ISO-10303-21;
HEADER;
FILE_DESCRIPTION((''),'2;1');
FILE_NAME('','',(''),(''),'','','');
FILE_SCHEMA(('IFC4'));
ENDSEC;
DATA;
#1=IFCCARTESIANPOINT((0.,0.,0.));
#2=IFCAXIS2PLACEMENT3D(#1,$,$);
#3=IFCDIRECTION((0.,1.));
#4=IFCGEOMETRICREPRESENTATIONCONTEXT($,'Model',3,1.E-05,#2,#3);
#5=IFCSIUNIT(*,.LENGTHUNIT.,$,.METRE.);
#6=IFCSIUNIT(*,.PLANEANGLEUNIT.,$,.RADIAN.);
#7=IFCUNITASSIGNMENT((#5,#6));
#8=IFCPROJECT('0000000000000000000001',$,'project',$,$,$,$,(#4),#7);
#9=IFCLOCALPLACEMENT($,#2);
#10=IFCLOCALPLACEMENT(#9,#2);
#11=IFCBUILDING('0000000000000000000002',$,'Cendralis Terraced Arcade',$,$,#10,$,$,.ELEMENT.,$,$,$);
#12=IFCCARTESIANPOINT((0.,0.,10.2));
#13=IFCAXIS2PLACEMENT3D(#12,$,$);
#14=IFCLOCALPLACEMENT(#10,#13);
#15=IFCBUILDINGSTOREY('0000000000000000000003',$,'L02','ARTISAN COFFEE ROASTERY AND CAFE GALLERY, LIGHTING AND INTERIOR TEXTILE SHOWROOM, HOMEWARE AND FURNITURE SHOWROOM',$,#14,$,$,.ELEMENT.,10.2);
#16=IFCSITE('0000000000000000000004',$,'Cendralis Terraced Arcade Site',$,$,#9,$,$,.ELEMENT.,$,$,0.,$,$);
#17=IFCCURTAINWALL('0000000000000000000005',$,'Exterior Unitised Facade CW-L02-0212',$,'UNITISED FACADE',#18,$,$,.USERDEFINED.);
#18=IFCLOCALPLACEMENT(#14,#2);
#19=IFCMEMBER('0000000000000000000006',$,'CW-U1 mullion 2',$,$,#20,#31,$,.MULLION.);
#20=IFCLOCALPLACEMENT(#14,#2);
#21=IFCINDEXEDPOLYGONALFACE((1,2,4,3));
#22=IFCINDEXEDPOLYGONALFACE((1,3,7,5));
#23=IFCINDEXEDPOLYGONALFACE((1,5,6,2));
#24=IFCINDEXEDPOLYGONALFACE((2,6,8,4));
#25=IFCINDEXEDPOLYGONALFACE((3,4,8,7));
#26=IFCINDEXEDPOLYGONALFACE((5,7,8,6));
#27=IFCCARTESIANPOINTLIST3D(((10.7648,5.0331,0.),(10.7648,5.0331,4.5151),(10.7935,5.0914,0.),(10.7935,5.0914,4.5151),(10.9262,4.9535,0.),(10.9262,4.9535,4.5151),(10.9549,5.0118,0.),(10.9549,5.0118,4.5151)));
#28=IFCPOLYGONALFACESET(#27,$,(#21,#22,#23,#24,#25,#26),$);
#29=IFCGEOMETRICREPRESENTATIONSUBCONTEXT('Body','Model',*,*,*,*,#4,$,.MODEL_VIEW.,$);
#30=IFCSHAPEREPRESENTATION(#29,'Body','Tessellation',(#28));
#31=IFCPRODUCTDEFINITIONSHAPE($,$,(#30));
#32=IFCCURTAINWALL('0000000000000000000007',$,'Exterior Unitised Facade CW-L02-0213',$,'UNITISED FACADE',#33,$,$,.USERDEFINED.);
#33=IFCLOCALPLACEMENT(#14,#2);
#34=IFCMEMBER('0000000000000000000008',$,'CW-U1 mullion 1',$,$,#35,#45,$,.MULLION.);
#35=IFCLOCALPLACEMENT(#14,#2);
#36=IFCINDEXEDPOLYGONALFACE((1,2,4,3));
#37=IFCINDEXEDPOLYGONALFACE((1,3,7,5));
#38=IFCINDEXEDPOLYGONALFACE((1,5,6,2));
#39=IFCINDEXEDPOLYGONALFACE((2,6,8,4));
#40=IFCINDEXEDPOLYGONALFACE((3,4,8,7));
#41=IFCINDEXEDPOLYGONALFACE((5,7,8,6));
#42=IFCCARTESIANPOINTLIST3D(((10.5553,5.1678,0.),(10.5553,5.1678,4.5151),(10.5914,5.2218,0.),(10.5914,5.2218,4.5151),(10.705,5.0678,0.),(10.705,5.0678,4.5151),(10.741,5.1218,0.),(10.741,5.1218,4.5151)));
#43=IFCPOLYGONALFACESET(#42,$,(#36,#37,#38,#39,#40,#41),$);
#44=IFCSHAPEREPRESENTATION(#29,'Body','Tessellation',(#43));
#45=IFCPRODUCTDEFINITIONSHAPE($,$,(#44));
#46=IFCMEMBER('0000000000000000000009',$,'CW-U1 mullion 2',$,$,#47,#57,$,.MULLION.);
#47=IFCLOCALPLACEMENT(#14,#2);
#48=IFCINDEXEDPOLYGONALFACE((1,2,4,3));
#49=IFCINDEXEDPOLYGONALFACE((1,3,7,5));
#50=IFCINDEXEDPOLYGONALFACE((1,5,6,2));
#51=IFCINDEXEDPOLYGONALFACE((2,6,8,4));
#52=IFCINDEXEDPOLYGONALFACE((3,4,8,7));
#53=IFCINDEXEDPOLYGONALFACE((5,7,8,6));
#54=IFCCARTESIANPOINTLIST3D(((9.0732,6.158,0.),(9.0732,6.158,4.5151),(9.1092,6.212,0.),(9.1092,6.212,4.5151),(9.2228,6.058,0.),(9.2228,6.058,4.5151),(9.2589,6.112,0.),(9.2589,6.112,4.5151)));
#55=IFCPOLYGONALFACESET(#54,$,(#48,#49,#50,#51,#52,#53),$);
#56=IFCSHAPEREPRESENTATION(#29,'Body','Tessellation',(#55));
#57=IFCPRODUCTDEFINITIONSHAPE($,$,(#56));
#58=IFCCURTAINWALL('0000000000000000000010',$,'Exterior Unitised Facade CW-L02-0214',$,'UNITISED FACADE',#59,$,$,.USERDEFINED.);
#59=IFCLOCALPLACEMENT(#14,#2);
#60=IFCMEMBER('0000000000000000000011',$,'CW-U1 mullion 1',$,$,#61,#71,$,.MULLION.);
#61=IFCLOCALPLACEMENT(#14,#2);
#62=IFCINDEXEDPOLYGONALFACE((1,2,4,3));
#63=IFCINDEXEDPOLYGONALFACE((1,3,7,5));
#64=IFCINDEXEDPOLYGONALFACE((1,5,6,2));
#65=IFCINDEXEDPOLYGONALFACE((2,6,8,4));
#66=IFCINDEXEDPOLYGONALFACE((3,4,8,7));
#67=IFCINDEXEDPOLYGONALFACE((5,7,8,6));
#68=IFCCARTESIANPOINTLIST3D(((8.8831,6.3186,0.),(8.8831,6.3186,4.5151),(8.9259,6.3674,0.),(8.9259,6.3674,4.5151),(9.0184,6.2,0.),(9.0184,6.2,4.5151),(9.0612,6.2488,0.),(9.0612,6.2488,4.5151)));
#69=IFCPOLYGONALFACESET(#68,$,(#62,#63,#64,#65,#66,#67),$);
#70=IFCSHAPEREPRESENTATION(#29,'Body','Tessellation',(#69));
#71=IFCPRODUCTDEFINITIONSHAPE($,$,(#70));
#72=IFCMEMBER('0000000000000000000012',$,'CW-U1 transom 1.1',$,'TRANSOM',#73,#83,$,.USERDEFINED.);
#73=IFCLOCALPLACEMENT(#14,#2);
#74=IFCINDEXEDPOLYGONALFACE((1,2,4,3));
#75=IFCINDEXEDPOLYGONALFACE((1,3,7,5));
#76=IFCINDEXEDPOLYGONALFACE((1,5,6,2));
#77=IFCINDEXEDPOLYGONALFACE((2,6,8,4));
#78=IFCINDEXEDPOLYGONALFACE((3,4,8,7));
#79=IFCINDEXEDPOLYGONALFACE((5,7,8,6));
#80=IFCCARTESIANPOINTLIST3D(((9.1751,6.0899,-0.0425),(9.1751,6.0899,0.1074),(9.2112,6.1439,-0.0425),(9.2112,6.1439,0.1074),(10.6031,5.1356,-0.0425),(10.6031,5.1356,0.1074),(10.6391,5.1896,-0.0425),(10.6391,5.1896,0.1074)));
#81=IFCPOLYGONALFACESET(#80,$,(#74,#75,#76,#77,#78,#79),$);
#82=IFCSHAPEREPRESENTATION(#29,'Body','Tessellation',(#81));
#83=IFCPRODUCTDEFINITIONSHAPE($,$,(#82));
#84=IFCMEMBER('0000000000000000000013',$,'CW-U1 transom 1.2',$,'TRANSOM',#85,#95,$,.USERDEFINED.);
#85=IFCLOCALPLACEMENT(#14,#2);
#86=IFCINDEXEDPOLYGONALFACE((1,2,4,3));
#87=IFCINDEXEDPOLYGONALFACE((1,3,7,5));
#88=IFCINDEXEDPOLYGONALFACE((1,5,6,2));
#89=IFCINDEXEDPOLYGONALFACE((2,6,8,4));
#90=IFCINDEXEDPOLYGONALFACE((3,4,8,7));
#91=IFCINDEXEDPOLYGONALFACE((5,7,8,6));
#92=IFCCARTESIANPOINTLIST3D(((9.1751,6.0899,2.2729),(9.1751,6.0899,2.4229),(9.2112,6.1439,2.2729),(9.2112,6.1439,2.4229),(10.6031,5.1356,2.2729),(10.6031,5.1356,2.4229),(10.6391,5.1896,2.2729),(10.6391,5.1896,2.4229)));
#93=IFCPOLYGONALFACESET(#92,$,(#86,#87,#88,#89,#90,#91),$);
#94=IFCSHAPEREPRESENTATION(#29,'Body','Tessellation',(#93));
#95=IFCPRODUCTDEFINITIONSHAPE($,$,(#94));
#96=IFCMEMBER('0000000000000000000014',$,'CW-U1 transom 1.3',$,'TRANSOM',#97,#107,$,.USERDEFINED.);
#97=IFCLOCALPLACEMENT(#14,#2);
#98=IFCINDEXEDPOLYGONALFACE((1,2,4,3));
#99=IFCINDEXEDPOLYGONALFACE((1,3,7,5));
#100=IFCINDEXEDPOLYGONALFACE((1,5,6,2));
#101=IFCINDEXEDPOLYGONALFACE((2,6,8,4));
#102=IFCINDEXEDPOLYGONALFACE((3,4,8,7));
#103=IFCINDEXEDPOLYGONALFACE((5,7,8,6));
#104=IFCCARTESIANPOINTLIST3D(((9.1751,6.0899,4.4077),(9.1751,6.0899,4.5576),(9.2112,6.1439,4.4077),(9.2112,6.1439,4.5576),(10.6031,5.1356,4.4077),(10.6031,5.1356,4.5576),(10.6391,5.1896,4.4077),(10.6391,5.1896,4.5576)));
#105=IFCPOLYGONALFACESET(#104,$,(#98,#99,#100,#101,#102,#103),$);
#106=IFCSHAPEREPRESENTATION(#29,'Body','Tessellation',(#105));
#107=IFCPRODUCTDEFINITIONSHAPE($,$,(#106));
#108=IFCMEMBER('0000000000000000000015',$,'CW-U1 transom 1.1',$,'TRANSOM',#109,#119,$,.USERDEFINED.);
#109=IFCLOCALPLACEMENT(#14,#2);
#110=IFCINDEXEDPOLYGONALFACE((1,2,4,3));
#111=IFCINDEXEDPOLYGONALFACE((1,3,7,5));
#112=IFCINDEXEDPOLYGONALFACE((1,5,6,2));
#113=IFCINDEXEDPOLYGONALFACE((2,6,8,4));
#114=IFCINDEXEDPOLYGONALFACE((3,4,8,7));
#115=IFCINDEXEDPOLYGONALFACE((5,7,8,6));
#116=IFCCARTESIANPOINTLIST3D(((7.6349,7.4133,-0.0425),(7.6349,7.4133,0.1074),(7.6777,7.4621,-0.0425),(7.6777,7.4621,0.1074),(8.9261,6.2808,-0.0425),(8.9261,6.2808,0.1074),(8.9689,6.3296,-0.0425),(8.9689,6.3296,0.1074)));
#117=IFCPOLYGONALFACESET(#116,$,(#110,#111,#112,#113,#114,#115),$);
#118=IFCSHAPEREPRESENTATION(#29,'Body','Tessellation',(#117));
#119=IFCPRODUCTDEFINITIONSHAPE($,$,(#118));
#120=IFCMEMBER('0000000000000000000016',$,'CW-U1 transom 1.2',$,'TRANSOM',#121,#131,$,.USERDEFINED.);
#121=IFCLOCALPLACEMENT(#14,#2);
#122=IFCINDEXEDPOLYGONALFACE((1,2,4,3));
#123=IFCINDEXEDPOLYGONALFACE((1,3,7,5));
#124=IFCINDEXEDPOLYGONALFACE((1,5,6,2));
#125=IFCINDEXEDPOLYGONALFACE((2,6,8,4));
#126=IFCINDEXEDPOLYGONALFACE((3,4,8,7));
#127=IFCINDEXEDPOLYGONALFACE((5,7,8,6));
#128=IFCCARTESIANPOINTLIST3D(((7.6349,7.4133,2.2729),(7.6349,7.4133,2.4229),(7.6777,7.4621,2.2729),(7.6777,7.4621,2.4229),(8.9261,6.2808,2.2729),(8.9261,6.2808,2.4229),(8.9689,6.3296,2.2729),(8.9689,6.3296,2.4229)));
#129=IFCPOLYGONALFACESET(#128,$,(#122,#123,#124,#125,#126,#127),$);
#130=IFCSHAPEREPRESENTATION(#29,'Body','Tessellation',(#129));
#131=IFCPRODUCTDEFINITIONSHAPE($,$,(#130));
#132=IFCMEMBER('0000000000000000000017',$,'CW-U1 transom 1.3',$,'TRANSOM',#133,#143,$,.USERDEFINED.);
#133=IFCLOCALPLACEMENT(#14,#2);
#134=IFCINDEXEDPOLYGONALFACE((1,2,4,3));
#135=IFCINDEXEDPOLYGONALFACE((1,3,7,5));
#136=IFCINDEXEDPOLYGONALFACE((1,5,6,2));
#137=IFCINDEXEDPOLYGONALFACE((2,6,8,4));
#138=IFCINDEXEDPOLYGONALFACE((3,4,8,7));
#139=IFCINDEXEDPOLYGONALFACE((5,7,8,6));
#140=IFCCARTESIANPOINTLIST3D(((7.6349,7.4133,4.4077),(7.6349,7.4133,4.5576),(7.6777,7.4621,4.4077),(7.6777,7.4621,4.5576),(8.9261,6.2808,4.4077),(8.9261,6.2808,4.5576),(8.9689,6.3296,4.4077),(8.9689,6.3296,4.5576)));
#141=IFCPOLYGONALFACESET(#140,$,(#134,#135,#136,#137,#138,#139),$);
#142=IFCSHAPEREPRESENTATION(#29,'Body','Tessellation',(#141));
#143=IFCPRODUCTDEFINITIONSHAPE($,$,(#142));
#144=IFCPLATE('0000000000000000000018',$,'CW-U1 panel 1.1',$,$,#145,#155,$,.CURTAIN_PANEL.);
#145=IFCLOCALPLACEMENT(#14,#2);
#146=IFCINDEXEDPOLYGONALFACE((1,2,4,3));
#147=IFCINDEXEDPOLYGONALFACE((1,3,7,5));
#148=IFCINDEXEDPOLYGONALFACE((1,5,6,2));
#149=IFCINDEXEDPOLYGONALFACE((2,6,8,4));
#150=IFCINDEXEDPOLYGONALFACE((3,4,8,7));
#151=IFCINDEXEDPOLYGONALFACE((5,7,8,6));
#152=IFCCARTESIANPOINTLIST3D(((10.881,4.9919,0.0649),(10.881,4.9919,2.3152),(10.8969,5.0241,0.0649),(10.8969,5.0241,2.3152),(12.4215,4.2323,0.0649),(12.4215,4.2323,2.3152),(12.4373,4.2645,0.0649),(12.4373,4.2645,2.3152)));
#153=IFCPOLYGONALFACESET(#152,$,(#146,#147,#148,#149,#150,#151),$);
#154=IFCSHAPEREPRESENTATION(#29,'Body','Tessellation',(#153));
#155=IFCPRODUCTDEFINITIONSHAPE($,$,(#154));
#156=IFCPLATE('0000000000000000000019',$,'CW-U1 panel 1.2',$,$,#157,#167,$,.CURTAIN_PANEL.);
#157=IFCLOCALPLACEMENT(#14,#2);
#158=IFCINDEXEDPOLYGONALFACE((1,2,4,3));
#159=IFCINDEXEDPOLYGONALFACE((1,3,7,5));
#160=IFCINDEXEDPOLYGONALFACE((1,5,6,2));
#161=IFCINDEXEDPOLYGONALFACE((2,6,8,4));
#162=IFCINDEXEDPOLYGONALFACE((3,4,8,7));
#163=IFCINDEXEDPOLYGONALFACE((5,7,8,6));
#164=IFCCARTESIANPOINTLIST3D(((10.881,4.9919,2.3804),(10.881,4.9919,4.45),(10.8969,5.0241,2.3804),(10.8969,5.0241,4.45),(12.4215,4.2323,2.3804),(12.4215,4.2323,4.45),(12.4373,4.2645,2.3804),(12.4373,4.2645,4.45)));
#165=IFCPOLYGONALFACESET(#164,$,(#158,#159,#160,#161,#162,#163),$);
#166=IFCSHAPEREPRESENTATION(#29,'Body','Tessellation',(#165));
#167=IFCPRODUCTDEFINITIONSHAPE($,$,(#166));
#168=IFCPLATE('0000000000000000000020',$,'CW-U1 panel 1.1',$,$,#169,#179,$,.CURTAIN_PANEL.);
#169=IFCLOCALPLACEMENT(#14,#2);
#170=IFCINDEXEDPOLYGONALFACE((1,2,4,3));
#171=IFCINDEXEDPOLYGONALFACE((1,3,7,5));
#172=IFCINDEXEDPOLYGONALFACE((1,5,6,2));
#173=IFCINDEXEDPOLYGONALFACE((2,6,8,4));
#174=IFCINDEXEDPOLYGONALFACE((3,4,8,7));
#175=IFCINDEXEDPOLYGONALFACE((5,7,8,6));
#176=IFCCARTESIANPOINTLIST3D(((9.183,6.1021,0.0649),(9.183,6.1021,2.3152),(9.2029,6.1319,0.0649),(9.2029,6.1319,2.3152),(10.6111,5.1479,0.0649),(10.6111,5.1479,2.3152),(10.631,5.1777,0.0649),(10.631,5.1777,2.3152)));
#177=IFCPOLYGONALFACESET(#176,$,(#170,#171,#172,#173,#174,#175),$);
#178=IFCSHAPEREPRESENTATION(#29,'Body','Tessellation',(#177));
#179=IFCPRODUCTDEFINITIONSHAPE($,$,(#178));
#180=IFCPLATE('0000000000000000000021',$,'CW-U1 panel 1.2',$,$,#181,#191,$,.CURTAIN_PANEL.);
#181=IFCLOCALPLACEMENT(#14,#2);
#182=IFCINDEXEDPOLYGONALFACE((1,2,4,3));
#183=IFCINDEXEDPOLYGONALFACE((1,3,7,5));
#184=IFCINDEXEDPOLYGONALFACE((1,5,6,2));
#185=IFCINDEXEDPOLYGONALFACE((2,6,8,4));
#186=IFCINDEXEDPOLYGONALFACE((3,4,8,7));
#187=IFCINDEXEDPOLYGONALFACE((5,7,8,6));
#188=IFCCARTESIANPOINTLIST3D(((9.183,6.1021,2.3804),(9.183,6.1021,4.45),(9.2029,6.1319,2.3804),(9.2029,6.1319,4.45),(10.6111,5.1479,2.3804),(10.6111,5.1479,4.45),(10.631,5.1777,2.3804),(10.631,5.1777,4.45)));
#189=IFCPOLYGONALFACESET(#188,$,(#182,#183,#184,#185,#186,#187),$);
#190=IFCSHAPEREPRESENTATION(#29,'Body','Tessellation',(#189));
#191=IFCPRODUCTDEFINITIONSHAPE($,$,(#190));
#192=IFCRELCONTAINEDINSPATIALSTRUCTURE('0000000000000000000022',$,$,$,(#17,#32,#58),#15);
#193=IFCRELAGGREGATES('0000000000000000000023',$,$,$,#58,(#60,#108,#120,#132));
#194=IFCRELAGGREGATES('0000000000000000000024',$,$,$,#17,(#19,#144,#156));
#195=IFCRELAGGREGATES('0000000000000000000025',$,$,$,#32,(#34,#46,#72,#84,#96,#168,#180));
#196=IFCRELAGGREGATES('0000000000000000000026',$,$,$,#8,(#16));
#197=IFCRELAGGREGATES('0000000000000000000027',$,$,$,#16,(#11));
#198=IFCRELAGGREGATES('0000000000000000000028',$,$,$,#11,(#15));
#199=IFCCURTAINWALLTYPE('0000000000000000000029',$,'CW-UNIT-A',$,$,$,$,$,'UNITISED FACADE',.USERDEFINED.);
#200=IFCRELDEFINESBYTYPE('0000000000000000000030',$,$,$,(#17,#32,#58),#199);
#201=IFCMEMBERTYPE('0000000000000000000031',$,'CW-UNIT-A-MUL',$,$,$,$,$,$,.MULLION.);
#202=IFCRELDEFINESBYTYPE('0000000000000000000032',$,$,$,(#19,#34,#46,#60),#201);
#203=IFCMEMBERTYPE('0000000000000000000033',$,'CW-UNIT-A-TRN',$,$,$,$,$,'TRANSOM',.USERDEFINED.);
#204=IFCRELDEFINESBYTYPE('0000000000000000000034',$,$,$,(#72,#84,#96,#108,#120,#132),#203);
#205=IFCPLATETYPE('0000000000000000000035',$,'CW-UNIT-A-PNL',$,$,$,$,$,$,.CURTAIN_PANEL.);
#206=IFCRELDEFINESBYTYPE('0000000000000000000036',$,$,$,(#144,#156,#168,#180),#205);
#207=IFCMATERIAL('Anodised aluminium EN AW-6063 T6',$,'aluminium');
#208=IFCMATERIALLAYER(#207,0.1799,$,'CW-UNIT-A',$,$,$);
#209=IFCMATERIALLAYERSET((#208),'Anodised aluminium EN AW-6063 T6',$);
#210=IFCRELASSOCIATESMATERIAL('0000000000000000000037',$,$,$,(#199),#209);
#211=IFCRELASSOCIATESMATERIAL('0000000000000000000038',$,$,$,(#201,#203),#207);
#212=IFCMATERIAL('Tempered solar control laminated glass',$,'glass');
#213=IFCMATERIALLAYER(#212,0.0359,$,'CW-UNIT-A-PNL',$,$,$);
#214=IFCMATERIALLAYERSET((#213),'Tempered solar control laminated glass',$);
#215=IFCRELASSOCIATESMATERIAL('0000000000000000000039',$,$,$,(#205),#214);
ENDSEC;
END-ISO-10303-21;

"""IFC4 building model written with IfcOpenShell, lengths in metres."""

from ifc_helpers import new_model, si_unit, direction, frame, origin, origin_2d, place, context, subcontext, project, spatial, rectangle, extrude, material, layer, layer_set, material_profile, profile_set, type_object, element, aggregate, save


model = new_model("IFC4")

# Units and contexts
model_context = context("Model", 3, precision=1e-05, world=origin(), true_north=direction((0.0, 1.0)))
body_context = subcontext(model_context, "Body", "Model", "MODEL_VIEW")
ifc_project = project(units=[si_unit("LENGTHUNIT", "METRE"), si_unit("PLANEANGLEUNIT", "RADIAN")], contexts=[model_context])

# Site, building, storey
site_placement = place(None, origin())
site = spatial("IfcSite", under=ifc_project, at=site_placement, Name="Cendralis Terraced Arcade Site", CompositionType="ELEMENT", RefElevation=0.0)
building_placement = place(site_placement, origin())
building = spatial("IfcBuilding", under=site, at=building_placement, Name="Cendralis Terraced Arcade", CompositionType="ELEMENT")
storey_placement = place(building_placement, frame((0.0, 0.0, 10.2)))
storey = spatial("IfcBuildingStorey", under=building, at=storey_placement, Name="L02", Description="ARTISAN COFFEE ROASTERY AND CAFE GALLERY, LIGHTING AND INTERIOR TEXTILE SHOWROOM, HOMEWARE AND FURNITURE SHOWROOM", CompositionType="ELEMENT", Elevation=10.2)

# Curtain wall, member
ifc_material_1 = material(Name="Anodised aluminium EN AW-6063 T6", Category="aluminium")
ifc_layer_1 = layer(ifc_material_1, 0.1799, Name="CW-UNIT-A")
ifc_layer_set_1 = layer_set([ifc_layer_1], Name="Anodised aluminium EN AW-6063 T6")
curtain_wall_type = type_object("IfcCurtainWallType", Name="CW-UNIT-A", ElementType="UNITISED FACADE", PredefinedType="USERDEFINED", material=ifc_layer_set_1)
curtain_wall_1_placement = place(storey_placement, origin())
curtain_wall_1 = element("IfcCurtainWall", 1, at=curtain_wall_1_placement, inside=storey, type_object=curtain_wall_type, Name="Exterior Unitised Facade CW-L02-0212", ObjectType="UNITISED FACADE", PredefinedType="USERDEFINED")
ifc_material_profile_1 = material_profile(ifc_material_1, rectangle(XDim=0.0649, YDim=0.1799, at=origin_2d()), Name="ALU-MUL-65x180")
ifc_profile_set_1 = profile_set([ifc_material_profile_1], Name="Anodised aluminium EN AW-6063 T6")
member_type_1 = type_object("IfcMemberType", Name="CW-UNIT-A-MUL", PredefinedType="MULLION", material=ifc_profile_set_1)
member_1_placement = place(storey_placement, frame((10.8599, 5.0225, 0.0), z_axis=(0.0, 0.0, 1.0), x_axis=(-0.44227, -0.896882, 0.0)))
member_1 = element("IfcMember", 2, at=member_1_placement, type_object=member_type_1, Name="CW-U1 mullion 2", PredefinedType="MULLION", context=body_context, shape_type="SweptSolid", body=[
    extrude(rectangle(XDim=0.0649, YDim=0.1799, at=origin_2d()), origin(), (0.0, 0.0, 1.0), 4.5151),
])

# Curtain wall, members
curtain_wall_2_placement = place(storey_placement, origin())
curtain_wall_2 = element("IfcCurtainWall", 3, at=curtain_wall_2_placement, inside=storey, type_object=curtain_wall_type, Name="Exterior Unitised Facade CW-L02-0213", ObjectType="UNITISED FACADE", PredefinedType="USERDEFINED")
member_2_placement = place(storey_placement, frame((10.6482, 5.1448, 0.0), z_axis=(0.0, 0.0, 1.0), x_axis=(-0.555549, -0.831484, 0.0)))
member_2 = element("IfcMember", 4, at=member_2_placement, type_object=member_type_1, Name="CW-U1 mullion 1", PredefinedType="MULLION", context=body_context, shape_type="SweptSolid", body=[
    extrude(rectangle(XDim=0.0649, YDim=0.1799, at=origin_2d()), origin(), (0.0, 0.0, 1.0), 4.5151),
])
member_3_placement = place(storey_placement, frame((9.166, 6.135, 0.0), z_axis=(0.0, 0.0, 1.0), x_axis=(-0.555549, -0.831484, 0.0)))
member_3 = element("IfcMember", 5, at=member_3_placement, type_object=member_type_1, Name="CW-U1 mullion 2", PredefinedType="MULLION", context=body_context, shape_type="SweptSolid", body=[
    extrude(rectangle(XDim=0.0649, YDim=0.1799, at=origin_2d()), origin(), (0.0, 0.0, 1.0), 4.5151),
])

# Curtain wall, member
curtain_wall_3_placement = place(storey_placement, origin())
curtain_wall_3 = element("IfcCurtainWall", 6, at=curtain_wall_3_placement, inside=storey, type_object=curtain_wall_type, Name="Exterior Unitised Facade CW-L02-0214", ObjectType="UNITISED FACADE", PredefinedType="USERDEFINED")
member_4_placement = place(storey_placement, frame((8.9722, 6.2837, 0.0), z_axis=(0.0, 0.0, 1.0), x_axis=(-0.65937, -0.751818, 0.0)))
member_4 = element("IfcMember", 7, at=member_4_placement, type_object=member_type_1, Name="CW-U1 mullion 1", PredefinedType="MULLION", context=body_context, shape_type="SweptSolid", body=[
    extrude(rectangle(XDim=0.0649, YDim=0.1799, at=origin_2d()), origin(), (0.0, 0.0, 1.0), 4.5151),
])

# Members
ifc_material_profile_2 = material_profile(ifc_material_1, rectangle(XDim=0.0649, YDim=0.1499, at=origin_2d()), Name="ALU-TRN-65x150")
ifc_profile_set_2 = profile_set([ifc_material_profile_2], Name="Anodised aluminium EN AW-6063 T6")
member_type_2 = type_object("IfcMemberType", Name="CW-UNIT-A-TRN", ElementType="TRANSOM", PredefinedType="USERDEFINED", material=ifc_profile_set_2)
member_5_placement = place(storey_placement, frame((10.6211, 5.1626, 0.0325), z_axis=(-0.831416, 0.555651, 0.0), x_axis=(-0.555651, -0.831416, 0.0)))
member_5 = element("IfcMember", 8, at=member_5_placement, type_object=member_type_2, Name="CW-U1 transom 1.1", ObjectType="TRANSOM", PredefinedType="USERDEFINED", context=body_context, shape_type="SweptSolid", body=[
    extrude(rectangle(XDim=0.0649, YDim=0.1499, at=origin_2d()), origin(), (0.0, 0.0, 1.0), 1.7175),
])
member_6_placement = place(storey_placement, frame((10.6211, 5.1626, 2.3479), z_axis=(-0.831416, 0.555651, 0.0), x_axis=(-0.555651, -0.831416, 0.0)))
member_6 = element("IfcMember", 9, at=member_6_placement, type_object=member_type_2, Name="CW-U1 transom 1.2", ObjectType="TRANSOM", PredefinedType="USERDEFINED", context=body_context, shape_type="SweptSolid", body=[
    extrude(rectangle(XDim=0.0649, YDim=0.1499, at=origin_2d()), origin(), (0.0, 0.0, 1.0), 1.7175),
])
member_7_placement = place(storey_placement, frame((10.6211, 5.1626, 4.4827), z_axis=(-0.831416, 0.555651, 0.0), x_axis=(-0.555651, -0.831416, 0.0)))
member_7 = element("IfcMember", 10, at=member_7_placement, type_object=member_type_2, Name="CW-U1 transom 1.3", ObjectType="TRANSOM", PredefinedType="USERDEFINED", context=body_context, shape_type="SweptSolid", body=[
    extrude(rectangle(XDim=0.0649, YDim=0.1499, at=origin_2d()), origin(), (0.0, 0.0, 1.0), 1.7175),
])
member_8_placement = place(storey_placement, frame((8.9475, 6.3052, 0.0325), z_axis=(-0.751792, 0.6594, 0.0), x_axis=(-0.6594, -0.751792, 0.0)))
member_8 = element("IfcMember", 11, at=member_8_placement, type_object=member_type_2, Name="CW-U1 transom 1.1", ObjectType="TRANSOM", PredefinedType="USERDEFINED", context=body_context, shape_type="SweptSolid", body=[
    extrude(rectangle(XDim=0.0649, YDim=0.1499, at=origin_2d()), origin(), (0.0, 0.0, 1.0), 1.7175),
])
member_9_placement = place(storey_placement, frame((8.9475, 6.3052, 2.3479), z_axis=(-0.751792, 0.6594, 0.0), x_axis=(-0.6594, -0.751792, 0.0)))
member_9 = element("IfcMember", 12, at=member_9_placement, type_object=member_type_2, Name="CW-U1 transom 1.2", ObjectType="TRANSOM", PredefinedType="USERDEFINED", context=body_context, shape_type="SweptSolid", body=[
    extrude(rectangle(XDim=0.0649, YDim=0.1499, at=origin_2d()), origin(), (0.0, 0.0, 1.0), 1.7175),
])
member_10_placement = place(storey_placement, frame((8.9475, 6.3052, 4.4827), z_axis=(-0.751792, 0.6594, 0.0), x_axis=(-0.6594, -0.751792, 0.0)))
member_10 = element("IfcMember", 13, at=member_10_placement, type_object=member_type_2, Name="CW-U1 transom 1.3", ObjectType="TRANSOM", PredefinedType="USERDEFINED", context=body_context, shape_type="SweptSolid", body=[
    extrude(rectangle(XDim=0.0649, YDim=0.1499, at=origin_2d()), origin(), (0.0, 0.0, 1.0), 1.7175),
])
aggregate(curtain_wall_3, [member_4, member_8, member_9, member_10])

# Plates
ifc_material_2 = material(Name="Tempered solar control laminated glass", Category="glass")
ifc_layer_2 = layer(ifc_material_2, 0.0359, Name="CW-UNIT-A-PNL")
ifc_layer_set_2 = layer_set([ifc_layer_2], Name="Tempered solar control laminated glass")
plate_type = type_object("IfcPlateType", Name="CW-UNIT-A-PNL", PredefinedType="CURTAIN_PANEL", material=ifc_layer_set_2)
plate_1_placement = place(storey_placement, frame((11.6592, 4.6282, 0.0649), z_axis=(0.0, 0.0, 1.0), x_axis=(-0.896882, 0.44227, 0.0)))
plate_1 = element("IfcPlate", 14, at=plate_1_placement, type_object=plate_type, Name="CW-U1 panel 1.1", PredefinedType="CURTAIN_PANEL", context=body_context, shape_type="SweptSolid", body=[
    extrude(rectangle(XDim=1.7175, YDim=0.0359, at=origin_2d()), origin(), (0.0, 0.0, 1.0), 2.2502),
])
plate_2_placement = place(storey_placement, frame((11.6592, 4.6282, 2.3804), z_axis=(0.0, 0.0, 1.0), x_axis=(-0.896882, 0.44227, 0.0)))
plate_2 = element("IfcPlate", 15, at=plate_2_placement, type_object=plate_type, Name="CW-U1 panel 1.2", PredefinedType="CURTAIN_PANEL", context=body_context, shape_type="SweptSolid", body=[
    extrude(rectangle(XDim=1.7175, YDim=0.0359, at=origin_2d()), origin(), (0.0, 0.0, 1.0), 2.0696),
])
aggregate(curtain_wall_1, [member_1, plate_1, plate_2])
plate_3_placement = place(storey_placement, frame((9.907, 5.6399, 0.0649), z_axis=(0.0, 0.0, 1.0), x_axis=(-0.831484, 0.555549, 0.0)))
plate_3 = element("IfcPlate", 16, at=plate_3_placement, type_object=plate_type, Name="CW-U1 panel 1.1", PredefinedType="CURTAIN_PANEL", context=body_context, shape_type="SweptSolid", body=[
    extrude(rectangle(XDim=1.7175, YDim=0.0359, at=origin_2d()), origin(), (0.0, 0.0, 1.0), 2.2502),
])
plate_4_placement = place(storey_placement, frame((9.907, 5.6399, 2.3804), z_axis=(0.0, 0.0, 1.0), x_axis=(-0.831484, 0.555549, 0.0)))
plate_4 = element("IfcPlate", 17, at=plate_4_placement, type_object=plate_type, Name="CW-U1 panel 1.2", PredefinedType="CURTAIN_PANEL", context=body_context, shape_type="SweptSolid", body=[
    extrude(rectangle(XDim=1.7175, YDim=0.0359, at=origin_2d()), origin(), (0.0, 0.0, 1.0), 2.0696),
])
aggregate(curtain_wall_2, [member_2, member_3, member_5, member_6, member_7, plate_3, plate_4])

save(model, "model.ifc")
